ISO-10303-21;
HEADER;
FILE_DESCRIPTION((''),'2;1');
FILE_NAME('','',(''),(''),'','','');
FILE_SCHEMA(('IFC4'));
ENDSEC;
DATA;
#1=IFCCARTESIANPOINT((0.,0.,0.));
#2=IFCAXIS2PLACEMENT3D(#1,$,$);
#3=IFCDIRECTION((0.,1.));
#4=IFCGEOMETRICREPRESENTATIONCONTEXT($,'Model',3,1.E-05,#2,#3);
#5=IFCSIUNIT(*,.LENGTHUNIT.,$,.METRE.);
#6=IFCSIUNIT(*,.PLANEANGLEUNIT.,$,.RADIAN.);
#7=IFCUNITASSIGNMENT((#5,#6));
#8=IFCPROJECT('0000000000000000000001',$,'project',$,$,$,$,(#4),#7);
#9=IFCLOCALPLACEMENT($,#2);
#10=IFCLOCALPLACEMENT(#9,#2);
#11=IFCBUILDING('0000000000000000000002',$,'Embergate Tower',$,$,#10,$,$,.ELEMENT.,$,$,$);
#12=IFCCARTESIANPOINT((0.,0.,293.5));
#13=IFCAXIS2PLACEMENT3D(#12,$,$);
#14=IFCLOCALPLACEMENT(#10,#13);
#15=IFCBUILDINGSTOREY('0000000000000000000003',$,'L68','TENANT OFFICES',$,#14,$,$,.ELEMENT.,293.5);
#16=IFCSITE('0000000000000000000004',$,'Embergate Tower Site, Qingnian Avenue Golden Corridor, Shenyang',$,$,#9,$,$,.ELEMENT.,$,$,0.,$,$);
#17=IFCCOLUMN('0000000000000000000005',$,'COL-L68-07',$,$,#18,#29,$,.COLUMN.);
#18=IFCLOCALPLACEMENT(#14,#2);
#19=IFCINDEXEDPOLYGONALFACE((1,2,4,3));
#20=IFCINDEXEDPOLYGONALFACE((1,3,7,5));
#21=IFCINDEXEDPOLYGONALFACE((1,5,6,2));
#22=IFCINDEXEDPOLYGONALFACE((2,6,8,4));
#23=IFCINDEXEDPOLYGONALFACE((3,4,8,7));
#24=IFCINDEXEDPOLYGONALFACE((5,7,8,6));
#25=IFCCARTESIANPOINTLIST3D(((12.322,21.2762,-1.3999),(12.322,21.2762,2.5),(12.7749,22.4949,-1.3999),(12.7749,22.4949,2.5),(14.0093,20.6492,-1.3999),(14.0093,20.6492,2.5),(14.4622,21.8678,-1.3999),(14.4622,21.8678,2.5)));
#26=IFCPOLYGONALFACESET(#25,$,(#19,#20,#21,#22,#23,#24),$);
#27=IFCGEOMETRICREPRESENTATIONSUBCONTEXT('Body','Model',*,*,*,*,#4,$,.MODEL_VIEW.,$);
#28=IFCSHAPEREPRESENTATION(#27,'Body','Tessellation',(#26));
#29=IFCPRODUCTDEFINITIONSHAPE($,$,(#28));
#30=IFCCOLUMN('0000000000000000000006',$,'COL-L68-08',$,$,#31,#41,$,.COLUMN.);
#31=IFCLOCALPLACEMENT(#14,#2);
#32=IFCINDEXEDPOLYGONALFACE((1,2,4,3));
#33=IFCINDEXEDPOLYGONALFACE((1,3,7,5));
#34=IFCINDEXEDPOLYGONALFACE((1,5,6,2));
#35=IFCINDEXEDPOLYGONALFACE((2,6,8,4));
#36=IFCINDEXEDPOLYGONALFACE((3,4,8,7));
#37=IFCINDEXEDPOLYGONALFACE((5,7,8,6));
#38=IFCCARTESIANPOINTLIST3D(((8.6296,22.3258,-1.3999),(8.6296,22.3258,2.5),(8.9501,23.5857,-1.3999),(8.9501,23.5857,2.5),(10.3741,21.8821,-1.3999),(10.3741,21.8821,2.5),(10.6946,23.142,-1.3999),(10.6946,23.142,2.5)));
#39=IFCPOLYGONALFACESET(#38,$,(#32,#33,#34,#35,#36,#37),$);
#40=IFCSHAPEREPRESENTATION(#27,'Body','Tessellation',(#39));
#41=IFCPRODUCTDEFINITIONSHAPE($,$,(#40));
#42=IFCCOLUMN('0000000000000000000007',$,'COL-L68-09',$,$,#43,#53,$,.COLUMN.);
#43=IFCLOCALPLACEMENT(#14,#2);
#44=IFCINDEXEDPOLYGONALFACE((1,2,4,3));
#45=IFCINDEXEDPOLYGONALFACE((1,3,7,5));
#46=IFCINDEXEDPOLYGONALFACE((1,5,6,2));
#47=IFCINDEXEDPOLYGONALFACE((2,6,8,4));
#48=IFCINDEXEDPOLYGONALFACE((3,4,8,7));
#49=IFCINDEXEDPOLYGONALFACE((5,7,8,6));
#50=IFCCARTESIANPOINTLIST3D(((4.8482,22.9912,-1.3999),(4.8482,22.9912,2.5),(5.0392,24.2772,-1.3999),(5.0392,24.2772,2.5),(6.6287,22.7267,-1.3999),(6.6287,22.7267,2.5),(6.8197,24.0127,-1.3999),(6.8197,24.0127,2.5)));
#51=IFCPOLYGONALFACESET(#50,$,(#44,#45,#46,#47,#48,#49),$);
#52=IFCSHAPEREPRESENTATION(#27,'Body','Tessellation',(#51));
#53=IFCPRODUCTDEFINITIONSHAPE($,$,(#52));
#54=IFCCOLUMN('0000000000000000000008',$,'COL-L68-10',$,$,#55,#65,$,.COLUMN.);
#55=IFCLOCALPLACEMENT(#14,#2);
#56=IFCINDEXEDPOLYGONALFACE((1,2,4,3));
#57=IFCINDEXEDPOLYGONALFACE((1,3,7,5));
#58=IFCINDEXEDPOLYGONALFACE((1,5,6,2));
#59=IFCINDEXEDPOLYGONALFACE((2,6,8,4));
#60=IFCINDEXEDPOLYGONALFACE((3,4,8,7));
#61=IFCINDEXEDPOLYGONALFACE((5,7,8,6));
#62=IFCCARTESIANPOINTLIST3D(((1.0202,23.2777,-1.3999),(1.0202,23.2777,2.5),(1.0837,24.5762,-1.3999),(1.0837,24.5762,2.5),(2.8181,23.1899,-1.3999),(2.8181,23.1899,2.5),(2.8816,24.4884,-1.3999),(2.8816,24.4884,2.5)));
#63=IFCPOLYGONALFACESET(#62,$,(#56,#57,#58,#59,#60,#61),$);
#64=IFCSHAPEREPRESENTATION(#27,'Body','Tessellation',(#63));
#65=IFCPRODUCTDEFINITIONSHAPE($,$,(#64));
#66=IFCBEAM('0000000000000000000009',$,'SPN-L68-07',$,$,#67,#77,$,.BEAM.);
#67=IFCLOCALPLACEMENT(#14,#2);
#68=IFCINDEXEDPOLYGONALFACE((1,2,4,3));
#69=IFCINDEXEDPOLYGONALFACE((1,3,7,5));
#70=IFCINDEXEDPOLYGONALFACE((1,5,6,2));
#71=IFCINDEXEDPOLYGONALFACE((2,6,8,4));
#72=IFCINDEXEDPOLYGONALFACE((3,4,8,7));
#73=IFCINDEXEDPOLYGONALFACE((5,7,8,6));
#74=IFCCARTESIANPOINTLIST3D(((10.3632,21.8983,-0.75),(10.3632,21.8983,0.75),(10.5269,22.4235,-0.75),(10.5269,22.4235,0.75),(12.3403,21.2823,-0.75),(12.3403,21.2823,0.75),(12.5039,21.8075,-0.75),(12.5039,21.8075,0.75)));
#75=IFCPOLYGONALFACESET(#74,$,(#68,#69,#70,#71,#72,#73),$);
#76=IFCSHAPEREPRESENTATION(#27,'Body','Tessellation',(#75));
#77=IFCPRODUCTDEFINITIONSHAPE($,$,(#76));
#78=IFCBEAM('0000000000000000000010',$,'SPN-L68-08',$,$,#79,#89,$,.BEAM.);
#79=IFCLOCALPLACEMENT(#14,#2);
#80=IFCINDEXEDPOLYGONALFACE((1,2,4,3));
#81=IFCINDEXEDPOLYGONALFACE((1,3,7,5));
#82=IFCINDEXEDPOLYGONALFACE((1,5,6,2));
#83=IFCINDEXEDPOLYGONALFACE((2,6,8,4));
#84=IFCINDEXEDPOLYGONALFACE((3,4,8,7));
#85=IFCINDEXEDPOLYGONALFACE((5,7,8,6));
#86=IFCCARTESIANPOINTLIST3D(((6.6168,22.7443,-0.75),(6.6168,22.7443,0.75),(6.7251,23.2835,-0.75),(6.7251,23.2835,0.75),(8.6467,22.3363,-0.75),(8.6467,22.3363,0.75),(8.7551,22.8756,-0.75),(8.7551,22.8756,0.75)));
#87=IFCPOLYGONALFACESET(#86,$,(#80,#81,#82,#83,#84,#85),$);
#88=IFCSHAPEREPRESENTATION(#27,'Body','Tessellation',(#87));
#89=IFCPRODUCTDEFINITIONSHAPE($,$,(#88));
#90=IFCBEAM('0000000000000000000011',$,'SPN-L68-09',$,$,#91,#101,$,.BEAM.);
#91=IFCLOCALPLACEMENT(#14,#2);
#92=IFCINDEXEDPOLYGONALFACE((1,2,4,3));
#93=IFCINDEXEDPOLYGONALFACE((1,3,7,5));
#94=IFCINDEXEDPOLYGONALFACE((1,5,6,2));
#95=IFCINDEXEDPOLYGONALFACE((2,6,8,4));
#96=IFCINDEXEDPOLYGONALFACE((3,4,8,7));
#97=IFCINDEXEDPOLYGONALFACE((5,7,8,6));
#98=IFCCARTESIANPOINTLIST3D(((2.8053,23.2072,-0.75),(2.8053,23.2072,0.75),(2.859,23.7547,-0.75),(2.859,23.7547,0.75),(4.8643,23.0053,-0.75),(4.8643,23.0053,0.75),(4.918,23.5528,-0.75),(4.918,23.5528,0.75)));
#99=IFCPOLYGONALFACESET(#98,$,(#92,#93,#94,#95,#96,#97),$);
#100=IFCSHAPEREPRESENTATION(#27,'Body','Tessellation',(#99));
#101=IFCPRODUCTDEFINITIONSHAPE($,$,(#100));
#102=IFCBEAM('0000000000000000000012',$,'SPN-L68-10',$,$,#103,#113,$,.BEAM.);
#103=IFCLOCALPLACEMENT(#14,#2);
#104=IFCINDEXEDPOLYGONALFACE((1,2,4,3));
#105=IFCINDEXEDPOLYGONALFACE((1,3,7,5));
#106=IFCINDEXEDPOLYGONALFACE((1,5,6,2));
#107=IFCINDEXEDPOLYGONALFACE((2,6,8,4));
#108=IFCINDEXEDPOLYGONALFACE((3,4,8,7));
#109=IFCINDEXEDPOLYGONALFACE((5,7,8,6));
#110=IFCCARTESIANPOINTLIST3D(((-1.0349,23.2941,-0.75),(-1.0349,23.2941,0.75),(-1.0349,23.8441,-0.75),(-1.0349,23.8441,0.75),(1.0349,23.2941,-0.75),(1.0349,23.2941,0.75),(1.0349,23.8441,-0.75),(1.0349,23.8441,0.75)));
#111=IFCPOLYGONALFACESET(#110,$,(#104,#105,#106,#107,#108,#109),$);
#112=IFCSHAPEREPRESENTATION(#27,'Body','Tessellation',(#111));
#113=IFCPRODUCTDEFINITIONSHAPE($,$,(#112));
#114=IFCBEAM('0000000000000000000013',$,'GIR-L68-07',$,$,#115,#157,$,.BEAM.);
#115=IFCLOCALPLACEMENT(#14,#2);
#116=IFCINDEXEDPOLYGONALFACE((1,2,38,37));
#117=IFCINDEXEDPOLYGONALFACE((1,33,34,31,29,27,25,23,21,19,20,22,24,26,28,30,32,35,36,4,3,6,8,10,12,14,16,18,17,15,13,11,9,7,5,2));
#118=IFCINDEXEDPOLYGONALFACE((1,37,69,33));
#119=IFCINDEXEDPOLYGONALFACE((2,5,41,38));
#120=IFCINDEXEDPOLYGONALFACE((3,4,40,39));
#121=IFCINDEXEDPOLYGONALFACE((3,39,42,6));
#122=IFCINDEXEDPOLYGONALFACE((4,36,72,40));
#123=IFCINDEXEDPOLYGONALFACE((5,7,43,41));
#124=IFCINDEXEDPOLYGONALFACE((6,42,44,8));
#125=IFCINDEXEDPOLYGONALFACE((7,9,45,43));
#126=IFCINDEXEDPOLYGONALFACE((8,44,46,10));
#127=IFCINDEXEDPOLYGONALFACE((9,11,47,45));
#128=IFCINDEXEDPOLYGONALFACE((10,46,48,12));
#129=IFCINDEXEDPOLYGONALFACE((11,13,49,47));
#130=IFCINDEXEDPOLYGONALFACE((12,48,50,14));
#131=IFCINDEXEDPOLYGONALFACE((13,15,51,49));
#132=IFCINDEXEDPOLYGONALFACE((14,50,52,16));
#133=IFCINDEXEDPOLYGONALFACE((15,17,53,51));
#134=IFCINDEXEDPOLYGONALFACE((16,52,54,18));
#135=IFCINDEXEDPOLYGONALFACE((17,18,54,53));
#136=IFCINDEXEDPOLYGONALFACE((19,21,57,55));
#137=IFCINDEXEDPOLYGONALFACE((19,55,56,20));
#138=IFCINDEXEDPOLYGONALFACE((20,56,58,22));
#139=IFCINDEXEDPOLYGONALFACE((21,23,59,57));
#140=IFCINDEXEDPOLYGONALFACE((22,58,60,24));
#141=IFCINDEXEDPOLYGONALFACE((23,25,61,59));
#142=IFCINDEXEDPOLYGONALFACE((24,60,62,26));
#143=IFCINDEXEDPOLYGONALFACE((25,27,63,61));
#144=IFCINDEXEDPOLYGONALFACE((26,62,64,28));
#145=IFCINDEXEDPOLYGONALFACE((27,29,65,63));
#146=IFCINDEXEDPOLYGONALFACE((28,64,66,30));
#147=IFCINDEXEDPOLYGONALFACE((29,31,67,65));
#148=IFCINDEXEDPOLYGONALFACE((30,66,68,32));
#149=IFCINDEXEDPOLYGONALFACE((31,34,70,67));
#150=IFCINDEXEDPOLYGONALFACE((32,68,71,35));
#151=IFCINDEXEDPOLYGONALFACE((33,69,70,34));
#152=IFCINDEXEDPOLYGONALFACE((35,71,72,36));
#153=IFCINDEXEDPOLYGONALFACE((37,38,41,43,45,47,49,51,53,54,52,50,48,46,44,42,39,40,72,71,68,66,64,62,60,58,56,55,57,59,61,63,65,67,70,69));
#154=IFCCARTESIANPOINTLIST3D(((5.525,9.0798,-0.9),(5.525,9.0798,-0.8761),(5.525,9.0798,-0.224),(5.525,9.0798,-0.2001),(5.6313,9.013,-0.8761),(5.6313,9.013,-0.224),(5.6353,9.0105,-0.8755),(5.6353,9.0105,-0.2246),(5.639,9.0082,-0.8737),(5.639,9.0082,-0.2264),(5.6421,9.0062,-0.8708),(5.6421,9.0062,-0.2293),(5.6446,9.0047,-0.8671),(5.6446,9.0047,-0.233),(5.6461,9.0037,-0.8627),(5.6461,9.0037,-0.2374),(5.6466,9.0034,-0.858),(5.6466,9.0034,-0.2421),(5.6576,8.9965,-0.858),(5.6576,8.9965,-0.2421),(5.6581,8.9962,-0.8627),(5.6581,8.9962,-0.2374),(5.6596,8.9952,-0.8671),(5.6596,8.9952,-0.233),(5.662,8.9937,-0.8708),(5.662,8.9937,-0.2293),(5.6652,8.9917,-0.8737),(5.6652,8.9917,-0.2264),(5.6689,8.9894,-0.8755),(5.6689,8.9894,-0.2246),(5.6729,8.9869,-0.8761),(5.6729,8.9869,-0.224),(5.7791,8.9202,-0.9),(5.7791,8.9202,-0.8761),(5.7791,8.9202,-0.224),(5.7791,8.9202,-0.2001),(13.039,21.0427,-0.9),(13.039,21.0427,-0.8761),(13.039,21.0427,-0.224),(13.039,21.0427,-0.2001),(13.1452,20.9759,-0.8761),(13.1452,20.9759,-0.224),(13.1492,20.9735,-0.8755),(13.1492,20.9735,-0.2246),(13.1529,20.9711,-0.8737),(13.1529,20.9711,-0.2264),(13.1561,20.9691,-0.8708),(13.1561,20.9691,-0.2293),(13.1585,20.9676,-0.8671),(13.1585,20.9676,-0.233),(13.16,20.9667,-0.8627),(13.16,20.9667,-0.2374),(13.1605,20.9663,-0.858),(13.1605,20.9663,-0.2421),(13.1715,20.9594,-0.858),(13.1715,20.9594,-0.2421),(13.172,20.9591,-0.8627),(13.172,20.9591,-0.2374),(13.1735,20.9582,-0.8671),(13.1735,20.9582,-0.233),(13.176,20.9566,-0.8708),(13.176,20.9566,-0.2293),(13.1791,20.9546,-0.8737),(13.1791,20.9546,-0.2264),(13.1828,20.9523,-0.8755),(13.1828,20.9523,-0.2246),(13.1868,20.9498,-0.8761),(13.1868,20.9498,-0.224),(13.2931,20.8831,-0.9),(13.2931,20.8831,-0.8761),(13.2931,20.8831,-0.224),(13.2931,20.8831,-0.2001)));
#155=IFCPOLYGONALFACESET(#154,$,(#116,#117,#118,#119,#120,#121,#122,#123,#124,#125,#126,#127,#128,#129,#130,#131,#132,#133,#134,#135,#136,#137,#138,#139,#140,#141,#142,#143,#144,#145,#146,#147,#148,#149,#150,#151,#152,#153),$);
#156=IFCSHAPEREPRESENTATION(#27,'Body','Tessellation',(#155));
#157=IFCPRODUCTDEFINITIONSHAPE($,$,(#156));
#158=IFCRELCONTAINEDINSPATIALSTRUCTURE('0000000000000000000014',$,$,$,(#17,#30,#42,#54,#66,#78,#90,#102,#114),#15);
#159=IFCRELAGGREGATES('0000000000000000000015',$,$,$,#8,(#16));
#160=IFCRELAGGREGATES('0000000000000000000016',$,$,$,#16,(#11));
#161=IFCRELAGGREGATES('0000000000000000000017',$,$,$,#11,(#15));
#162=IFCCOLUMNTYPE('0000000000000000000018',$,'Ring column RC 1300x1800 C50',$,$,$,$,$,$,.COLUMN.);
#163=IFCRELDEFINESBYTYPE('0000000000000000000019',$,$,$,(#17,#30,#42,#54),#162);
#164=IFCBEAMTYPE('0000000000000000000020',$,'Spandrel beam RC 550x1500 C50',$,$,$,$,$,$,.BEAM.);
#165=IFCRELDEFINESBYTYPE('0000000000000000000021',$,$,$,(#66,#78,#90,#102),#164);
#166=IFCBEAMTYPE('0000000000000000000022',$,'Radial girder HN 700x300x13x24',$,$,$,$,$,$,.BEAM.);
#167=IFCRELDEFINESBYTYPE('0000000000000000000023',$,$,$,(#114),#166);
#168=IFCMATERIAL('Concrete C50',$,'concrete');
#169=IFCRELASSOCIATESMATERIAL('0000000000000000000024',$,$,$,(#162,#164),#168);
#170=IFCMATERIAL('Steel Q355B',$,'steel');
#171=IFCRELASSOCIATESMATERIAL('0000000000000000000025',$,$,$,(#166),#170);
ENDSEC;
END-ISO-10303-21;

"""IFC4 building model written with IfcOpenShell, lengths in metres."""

from ifc_helpers import new_model, si_unit, direction, frame, origin, origin_2d, place, context, subcontext, project, spatial, rectangle, i_section, extrude, source, transform, mapped, material, material_profile, profile_set, type_object, element, save


model = new_model("IFC4")

# Units and contexts
model_context = context("Model", 3, precision=1e-05, world=origin(), true_north=direction((0.0, 1.0)))
body_context = subcontext(model_context, "Body", "Model", "MODEL_VIEW")
ifc_project = project(units=[si_unit("LENGTHUNIT", "METRE"), si_unit("PLANEANGLEUNIT", "RADIAN")], contexts=[model_context])

# Site, building, storey
site_placement = place(None, origin())
site = spatial("IfcSite", under=ifc_project, at=site_placement, Name="Embergate Tower Site, Qingnian Avenue Golden Corridor, Shenyang", CompositionType="ELEMENT", RefElevation=0.0)
building_placement = place(site_placement, origin())
building = spatial("IfcBuilding", under=site, at=building_placement, Name="Embergate Tower", CompositionType="ELEMENT")
storey_placement = place(building_placement, frame((0.0, 0.0, 293.5)))
storey = spatial("IfcBuildingStorey", under=building, at=storey_placement, Name="L68", Description="TENANT OFFICES", CompositionType="ELEMENT", Elevation=293.5)

# Columns
ifc_material_1 = material(Name="Concrete C50", Category="concrete")
ifc_material_profile_1 = material_profile(ifc_material_1, rectangle(XDim=1.3, YDim=1.8, at=origin_2d()), Name="RC 1300x1800")
ifc_profile_set_1 = profile_set([ifc_material_profile_1], Name="Concrete C50")
column_type = type_object("IfcColumnType", Name="Ring column RC 1300x1800 C50", PredefinedType="COLUMN", material=ifc_profile_set_1)
shared_shape_1 = source(origin(), body_context, "Body", "SweptSolid", [
    extrude(rectangle(XDim=1.3, YDim=1.8, at=origin_2d()), origin(), (0.0, 0.0, 1.0), 3.8999),
])
for number, where, z_axis, x_axis, name in (
    (1, (13.3921, 21.572, -1.3999), (0.0, 0.0, 1.0), (0.348343, 0.937367, 0.0), "COL-L68-07"),
    (2, (9.6621, 22.7339, -1.3999), (0.0, 0.0, 1.0), (0.246509, 0.969141, 0.0), "COL-L68-08"),
    (3, (5.834, 23.502, -1.3999), (0.0, 0.0, 1.0), (0.146929, 0.989147, 0.0), "COL-L68-09"),
    (4, (1.9509, 23.8831, -1.3999), (0.0, 0.0, 1.0), (0.048815, 0.998808, 0.0), "COL-L68-10"),
):
    element("IfcColumn", number, at=place(storey_placement, frame(where, z_axis=z_axis, x_axis=x_axis)), inside=storey, type_object=column_type, Name=name, PredefinedType="COLUMN", context=body_context, shape_type="MappedRepresentation", body=[
        mapped(shared_shape_1, transform((0.0, 0.0, 0.0))),
    ])

# Beams
ifc_material_profile_2 = material_profile(ifc_material_1, rectangle(XDim=0.55, YDim=1.5, at=origin_2d()), Name="RC 550x1500")
ifc_profile_set_2 = profile_set([ifc_material_profile_2], Name="Concrete C50")
beam_type_1 = type_object("IfcBeamType", Name="Spandrel beam RC 550x1500 C50", PredefinedType="BEAM", material=ifc_profile_set_2)
shared_shape_2 = source(origin(), body_context, "Body", "SweptSolid", [
    extrude(rectangle(XDim=0.55, YDim=1.5, at=origin_2d()), origin(), (0.0, 0.0, 1.0), 2.0708),
])
beam_1_placement = place(storey_placement, frame((12.4221, 21.5449, 0.0), z_axis=(-0.954736, 0.297456, 0.0), x_axis=(-0.297456, -0.954736, 0.0)))
element("IfcBeam", 5, at=beam_1_placement, inside=storey, type_object=beam_type_1, Name="SPN-L68-07", PredefinedType="BEAM", context=body_context, shape_type="MappedRepresentation", body=[
    mapped(shared_shape_2, transform((0.0, 0.0, 0.0))),
])
shared_shape_3 = source(origin(), body_context, "Body", "SweptSolid", [
    extrude(rectangle(XDim=0.55, YDim=1.5, at=origin_2d()), origin(), (0.0, 0.0, 1.0), 2.0706),
])
beam_2_placement = place(storey_placement, frame((8.7009, 22.606, 0.0), z_axis=(-0.980399, 0.197023, 0.0), x_axis=(-0.197023, -0.980399, 0.0)))
element("IfcBeam", 6, at=beam_2_placement, inside=storey, type_object=beam_type_1, Name="SPN-L68-08", PredefinedType="BEAM", context=body_context, shape_type="MappedRepresentation", body=[
    mapped(shared_shape_3, transform((0.0, 0.0, 0.0))),
])
shared_shape_4 = source(origin(), body_context, "Body", "SweptSolid", [
    extrude(rectangle(XDim=0.55, YDim=1.5, at=origin_2d()), origin(), (0.0, 0.0, 1.0), 2.0688),
])
beam_3_placement = place(storey_placement, frame((4.8911, 23.2791, 0.0), z_axis=(-0.995227, 0.097587, 0.0), x_axis=(-0.097587, -0.995227, 0.0)))
element("IfcBeam", 7, at=beam_3_placement, inside=storey, type_object=beam_type_1, Name="SPN-L68-09", PredefinedType="BEAM", context=body_context, shape_type="MappedRepresentation", body=[
    mapped(shared_shape_4, transform((0.0, 0.0, 0.0))),
])
shared_shape_5 = source(origin(), body_context, "Body", "SweptSolid", [
    extrude(rectangle(XDim=0.55, YDim=1.5, at=origin_2d()), origin(), (0.0, 0.0, 1.0), 2.0698),
])
beam_4_placement = place(storey_placement, frame((1.0349, 23.5691, 0.0), z_axis=(-1.0, 0.0, 0.0), x_axis=(0.0, -1.0, 0.0)))
element("IfcBeam", 8, at=beam_4_placement, inside=storey, type_object=beam_type_1, Name="SPN-L68-10", PredefinedType="BEAM", context=body_context, shape_type="MappedRepresentation", body=[
    mapped(shared_shape_5, transform((0.0, 0.0, 0.0))),
])
ifc_material_2 = material(Name="Steel Q355B", Category="steel")
ifc_material_profile_3 = material_profile(ifc_material_2, i_section(OverallWidth=0.3, OverallDepth=0.7, WebThickness=0.0129, FlangeThickness=0.0239, FilletRadius=0.0181, at=origin_2d()), Name="HN 700x300x13x24")
ifc_profile_set_3 = profile_set([ifc_material_profile_3], Name="Steel Q355 grade B")
beam_type_2 = type_object("IfcBeamType", Name="Radial girder HN 700x300x13x24", PredefinedType="BEAM", material=ifc_profile_set_3)
shared_shape_6 = source(origin(), body_context, "Body", "SweptSolid", [
    extrude(i_section(OverallWidth=0.3, OverallDepth=0.7, WebThickness=0.0129, FlangeThickness=0.0239, FilletRadius=0.0181, at=origin_2d()), origin(), (0.0, 0.0, 1.0), 14.127),
])
beam_5_placement = place(storey_placement, frame((13.166, 20.9629, -0.55), z_axis=(-0.531887, -0.846816, 0.0), x_axis=(0.846816, -0.531887, 0.0)))
element("IfcBeam", 9, at=beam_5_placement, inside=storey, type_object=beam_type_2, Name="GIR-L68-07", PredefinedType="BEAM", context=body_context, shape_type="MappedRepresentation", body=[
    mapped(shared_shape_6, transform((0.0, 0.0, 0.0))),
])

save(model, "model.ifc")
